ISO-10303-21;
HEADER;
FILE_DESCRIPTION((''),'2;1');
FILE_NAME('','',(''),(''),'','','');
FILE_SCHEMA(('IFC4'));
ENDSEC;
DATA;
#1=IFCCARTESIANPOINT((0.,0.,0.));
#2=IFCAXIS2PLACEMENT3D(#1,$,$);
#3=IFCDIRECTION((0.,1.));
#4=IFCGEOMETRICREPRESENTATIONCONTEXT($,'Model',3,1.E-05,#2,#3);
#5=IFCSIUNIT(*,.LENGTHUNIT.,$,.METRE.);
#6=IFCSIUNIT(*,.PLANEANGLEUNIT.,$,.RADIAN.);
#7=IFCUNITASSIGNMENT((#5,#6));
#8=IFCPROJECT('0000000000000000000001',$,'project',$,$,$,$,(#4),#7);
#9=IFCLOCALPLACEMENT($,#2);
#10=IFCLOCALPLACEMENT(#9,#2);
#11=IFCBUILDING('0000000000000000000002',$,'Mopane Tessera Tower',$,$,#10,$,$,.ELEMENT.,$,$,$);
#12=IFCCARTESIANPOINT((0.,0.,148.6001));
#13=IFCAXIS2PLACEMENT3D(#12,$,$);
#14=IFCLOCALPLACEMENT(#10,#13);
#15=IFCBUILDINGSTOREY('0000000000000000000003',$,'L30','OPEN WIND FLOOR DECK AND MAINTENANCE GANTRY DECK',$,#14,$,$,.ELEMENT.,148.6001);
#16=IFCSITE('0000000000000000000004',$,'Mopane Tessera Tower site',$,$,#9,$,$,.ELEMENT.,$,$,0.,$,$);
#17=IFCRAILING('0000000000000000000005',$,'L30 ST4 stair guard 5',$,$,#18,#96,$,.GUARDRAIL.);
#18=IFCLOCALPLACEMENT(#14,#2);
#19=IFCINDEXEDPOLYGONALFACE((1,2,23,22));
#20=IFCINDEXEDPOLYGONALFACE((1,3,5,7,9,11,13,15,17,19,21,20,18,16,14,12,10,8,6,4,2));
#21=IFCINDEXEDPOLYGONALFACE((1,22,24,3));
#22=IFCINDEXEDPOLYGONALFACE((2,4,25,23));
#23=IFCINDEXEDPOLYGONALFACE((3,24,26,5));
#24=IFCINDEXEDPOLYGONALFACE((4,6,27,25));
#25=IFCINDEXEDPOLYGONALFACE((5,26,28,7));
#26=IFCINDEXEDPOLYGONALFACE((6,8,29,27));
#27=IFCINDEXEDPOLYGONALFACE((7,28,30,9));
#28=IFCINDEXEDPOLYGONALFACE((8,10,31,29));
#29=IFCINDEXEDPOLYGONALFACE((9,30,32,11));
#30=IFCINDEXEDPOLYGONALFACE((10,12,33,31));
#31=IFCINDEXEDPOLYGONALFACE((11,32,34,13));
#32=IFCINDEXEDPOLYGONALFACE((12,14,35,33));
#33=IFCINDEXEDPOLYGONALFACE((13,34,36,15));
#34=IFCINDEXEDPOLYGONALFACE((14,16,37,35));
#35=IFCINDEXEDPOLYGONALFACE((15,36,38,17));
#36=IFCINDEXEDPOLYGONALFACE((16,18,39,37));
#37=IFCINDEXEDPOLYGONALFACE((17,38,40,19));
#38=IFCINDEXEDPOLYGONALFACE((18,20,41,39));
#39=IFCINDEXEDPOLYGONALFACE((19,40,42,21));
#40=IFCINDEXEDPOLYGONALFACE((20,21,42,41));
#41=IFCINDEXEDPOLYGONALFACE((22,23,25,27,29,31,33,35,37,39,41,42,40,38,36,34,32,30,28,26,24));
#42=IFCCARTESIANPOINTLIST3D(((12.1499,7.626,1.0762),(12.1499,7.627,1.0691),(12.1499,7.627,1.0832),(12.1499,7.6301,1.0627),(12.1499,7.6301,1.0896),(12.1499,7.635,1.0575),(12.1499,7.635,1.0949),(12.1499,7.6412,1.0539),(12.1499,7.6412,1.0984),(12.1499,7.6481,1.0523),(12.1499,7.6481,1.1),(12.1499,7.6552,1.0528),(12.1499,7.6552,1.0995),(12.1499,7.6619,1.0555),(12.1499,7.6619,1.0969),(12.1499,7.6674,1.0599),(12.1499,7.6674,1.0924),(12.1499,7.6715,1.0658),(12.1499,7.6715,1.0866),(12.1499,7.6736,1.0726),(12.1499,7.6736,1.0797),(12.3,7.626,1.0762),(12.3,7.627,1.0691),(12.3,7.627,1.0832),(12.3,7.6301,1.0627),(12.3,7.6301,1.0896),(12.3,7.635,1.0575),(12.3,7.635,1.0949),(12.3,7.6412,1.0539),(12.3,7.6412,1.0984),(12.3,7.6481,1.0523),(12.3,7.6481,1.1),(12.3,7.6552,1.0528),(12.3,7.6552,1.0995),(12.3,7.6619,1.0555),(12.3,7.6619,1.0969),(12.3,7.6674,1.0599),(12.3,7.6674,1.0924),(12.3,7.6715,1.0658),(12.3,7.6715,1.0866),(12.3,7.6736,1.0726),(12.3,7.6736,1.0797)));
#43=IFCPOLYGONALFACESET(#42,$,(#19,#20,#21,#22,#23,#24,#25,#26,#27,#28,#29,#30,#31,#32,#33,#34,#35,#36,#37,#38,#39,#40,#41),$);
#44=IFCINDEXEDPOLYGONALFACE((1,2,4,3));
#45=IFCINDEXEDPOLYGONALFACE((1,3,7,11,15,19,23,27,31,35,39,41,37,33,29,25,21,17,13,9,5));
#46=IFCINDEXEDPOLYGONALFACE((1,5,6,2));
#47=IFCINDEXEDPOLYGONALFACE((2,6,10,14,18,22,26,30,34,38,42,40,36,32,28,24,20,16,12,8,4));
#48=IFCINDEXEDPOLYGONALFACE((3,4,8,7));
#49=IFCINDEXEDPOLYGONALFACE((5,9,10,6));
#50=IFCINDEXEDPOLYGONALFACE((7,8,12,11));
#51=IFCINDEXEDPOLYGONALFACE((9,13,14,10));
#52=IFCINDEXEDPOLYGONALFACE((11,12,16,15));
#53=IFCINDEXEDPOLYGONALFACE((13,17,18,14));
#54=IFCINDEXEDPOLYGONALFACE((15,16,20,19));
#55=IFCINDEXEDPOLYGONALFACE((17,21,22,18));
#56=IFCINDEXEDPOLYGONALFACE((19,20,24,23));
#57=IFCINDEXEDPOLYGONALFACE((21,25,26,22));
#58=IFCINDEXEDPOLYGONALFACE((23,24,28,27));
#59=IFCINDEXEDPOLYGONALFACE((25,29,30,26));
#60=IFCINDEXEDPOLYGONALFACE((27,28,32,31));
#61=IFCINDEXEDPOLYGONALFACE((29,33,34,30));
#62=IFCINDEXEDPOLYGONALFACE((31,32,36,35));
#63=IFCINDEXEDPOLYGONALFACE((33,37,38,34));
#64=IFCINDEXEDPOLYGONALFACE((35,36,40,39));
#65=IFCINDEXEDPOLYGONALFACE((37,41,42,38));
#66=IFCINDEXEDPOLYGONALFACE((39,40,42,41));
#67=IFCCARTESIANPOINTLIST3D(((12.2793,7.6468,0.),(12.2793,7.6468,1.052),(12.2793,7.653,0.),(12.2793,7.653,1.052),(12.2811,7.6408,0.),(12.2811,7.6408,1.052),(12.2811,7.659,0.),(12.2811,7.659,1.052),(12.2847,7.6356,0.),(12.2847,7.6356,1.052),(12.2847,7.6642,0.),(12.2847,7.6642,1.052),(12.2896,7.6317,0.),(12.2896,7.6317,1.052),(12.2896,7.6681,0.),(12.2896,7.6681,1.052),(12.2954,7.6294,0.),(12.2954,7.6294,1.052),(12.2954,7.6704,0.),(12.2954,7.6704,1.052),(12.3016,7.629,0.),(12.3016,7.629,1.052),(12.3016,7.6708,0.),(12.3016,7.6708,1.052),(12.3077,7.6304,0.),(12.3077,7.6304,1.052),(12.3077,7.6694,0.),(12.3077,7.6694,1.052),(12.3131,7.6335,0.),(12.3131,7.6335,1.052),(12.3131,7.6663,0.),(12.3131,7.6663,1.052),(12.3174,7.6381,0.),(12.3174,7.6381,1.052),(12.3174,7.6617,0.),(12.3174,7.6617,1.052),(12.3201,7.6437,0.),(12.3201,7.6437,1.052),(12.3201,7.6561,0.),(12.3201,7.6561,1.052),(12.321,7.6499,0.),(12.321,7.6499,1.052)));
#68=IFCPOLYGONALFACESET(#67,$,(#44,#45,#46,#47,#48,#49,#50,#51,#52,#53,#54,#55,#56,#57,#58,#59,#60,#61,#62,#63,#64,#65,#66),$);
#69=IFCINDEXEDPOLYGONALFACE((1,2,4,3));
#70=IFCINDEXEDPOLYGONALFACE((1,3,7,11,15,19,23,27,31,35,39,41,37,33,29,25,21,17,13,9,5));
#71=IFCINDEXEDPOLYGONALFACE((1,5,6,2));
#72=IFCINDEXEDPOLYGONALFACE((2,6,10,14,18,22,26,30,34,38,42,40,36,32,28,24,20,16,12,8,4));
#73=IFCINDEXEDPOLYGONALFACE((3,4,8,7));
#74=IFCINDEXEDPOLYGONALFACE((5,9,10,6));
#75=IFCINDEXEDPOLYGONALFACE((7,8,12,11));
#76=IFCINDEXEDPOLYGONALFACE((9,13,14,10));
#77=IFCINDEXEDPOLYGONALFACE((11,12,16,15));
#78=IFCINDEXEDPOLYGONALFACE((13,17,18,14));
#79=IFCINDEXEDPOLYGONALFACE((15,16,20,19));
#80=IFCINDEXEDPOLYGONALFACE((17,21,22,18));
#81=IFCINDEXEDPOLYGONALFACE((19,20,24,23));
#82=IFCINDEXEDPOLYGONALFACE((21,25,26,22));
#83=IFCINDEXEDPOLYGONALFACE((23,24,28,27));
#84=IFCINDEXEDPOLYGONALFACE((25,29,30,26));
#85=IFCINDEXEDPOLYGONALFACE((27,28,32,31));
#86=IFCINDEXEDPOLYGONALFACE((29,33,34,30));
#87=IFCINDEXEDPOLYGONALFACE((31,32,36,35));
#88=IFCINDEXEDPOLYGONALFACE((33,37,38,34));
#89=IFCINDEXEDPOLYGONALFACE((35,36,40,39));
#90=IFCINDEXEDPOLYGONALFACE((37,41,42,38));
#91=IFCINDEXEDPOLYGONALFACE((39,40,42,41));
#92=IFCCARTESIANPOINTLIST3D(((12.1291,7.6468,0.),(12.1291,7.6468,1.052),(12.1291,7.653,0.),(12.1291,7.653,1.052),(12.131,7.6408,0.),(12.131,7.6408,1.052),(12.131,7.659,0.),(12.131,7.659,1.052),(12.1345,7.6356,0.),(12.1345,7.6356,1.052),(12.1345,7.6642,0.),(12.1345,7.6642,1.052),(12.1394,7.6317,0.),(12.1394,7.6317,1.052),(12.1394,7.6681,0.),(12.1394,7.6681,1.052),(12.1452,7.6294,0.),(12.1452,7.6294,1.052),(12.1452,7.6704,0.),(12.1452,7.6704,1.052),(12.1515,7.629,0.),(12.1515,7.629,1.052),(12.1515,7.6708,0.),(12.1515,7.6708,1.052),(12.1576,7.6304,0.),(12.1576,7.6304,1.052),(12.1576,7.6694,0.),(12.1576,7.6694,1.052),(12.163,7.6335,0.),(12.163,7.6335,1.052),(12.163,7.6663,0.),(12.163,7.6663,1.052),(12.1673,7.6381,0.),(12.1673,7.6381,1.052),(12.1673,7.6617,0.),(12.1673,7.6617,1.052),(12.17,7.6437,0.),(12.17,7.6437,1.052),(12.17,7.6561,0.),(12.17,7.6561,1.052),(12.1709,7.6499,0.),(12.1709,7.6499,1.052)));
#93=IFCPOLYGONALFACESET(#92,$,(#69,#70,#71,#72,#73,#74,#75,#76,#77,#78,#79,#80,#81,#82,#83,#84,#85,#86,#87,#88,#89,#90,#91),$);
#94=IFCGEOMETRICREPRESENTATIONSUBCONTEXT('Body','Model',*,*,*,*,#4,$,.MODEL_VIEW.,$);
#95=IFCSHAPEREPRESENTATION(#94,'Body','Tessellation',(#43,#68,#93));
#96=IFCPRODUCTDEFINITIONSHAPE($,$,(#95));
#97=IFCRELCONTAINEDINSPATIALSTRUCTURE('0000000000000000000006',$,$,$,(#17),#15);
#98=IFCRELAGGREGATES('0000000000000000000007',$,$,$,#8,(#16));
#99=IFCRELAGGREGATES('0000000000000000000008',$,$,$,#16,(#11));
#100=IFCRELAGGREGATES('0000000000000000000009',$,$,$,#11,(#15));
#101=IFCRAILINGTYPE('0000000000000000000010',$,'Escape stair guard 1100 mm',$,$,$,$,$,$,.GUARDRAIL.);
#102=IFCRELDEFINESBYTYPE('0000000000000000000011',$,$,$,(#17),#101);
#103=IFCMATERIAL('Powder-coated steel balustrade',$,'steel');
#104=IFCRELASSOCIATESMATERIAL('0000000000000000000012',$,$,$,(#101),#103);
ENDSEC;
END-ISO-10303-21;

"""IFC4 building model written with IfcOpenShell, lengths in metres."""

from ifc_helpers import new_model, si_unit, direction, frame, origin, origin_2d, place, context, subcontext, project, spatial, circle, extrude, material, type_object, element, save


model = new_model("IFC4")

# Units and contexts
model_context = context("Model", 3, precision=1e-05, world=origin(), true_north=direction((0.0, 1.0)))
body_context = subcontext(model_context, "Body", "Model", "MODEL_VIEW")
ifc_project = project(units=[si_unit("LENGTHUNIT", "METRE"), si_unit("PLANEANGLEUNIT", "RADIAN")], contexts=[model_context])

# Site, building, storey
site_placement = place(None, origin())
site = spatial("IfcSite", under=ifc_project, at=site_placement, Name="Mopane Tessera Tower site", CompositionType="ELEMENT", RefElevation=0.0)
building_placement = place(site_placement, origin())
building = spatial("IfcBuilding", under=site, at=building_placement, Name="Mopane Tessera Tower", CompositionType="ELEMENT")
storey_placement = place(building_placement, frame((0.0, 0.0, 148.6001)))
storey = spatial("IfcBuildingStorey", under=building, at=storey_placement, Name="L30", Description="OPEN WIND FLOOR DECK AND MAINTENANCE GANTRY DECK", CompositionType="ELEMENT", Elevation=148.6001)

# Railing
ifc_material_1 = material(Name="Powder-coated steel balustrade", Category="steel")
railing_type_1 = type_object("IfcRailingType", Name="Escape stair guard 1100 mm", PredefinedType="GUARDRAIL", material=ifc_material_1)
railing_1_placement = place(storey_placement, frame((12.3, 7.6499, 0.0)))
element("IfcRailing", 1, at=railing_1_placement, inside=storey, type_object=railing_type_1, Name="L30 ST4 stair guard 5", PredefinedType="GUARDRAIL", context=body_context, shape_type="SweptSolid", body=[
    extrude(circle(Radius=0.0239, at=origin_2d()), frame((0.0, 0.0, 1.0762), z_axis=(-1.0, 0.0, 0.0), x_axis=(0.0, -1.0, 0.0)), (0.0, 0.0, 1.0), 0.1501),
    extrude(circle(Radius=0.021, at=origin_2d()), origin(), (0.0, 0.0, 1.0), 1.052),
    extrude(circle(Radius=0.021, at=origin_2d()), frame((-0.1501, 0.0, 0.0)), (0.0, 0.0, 1.0), 1.052),
])

save(model, "model.ifc")
